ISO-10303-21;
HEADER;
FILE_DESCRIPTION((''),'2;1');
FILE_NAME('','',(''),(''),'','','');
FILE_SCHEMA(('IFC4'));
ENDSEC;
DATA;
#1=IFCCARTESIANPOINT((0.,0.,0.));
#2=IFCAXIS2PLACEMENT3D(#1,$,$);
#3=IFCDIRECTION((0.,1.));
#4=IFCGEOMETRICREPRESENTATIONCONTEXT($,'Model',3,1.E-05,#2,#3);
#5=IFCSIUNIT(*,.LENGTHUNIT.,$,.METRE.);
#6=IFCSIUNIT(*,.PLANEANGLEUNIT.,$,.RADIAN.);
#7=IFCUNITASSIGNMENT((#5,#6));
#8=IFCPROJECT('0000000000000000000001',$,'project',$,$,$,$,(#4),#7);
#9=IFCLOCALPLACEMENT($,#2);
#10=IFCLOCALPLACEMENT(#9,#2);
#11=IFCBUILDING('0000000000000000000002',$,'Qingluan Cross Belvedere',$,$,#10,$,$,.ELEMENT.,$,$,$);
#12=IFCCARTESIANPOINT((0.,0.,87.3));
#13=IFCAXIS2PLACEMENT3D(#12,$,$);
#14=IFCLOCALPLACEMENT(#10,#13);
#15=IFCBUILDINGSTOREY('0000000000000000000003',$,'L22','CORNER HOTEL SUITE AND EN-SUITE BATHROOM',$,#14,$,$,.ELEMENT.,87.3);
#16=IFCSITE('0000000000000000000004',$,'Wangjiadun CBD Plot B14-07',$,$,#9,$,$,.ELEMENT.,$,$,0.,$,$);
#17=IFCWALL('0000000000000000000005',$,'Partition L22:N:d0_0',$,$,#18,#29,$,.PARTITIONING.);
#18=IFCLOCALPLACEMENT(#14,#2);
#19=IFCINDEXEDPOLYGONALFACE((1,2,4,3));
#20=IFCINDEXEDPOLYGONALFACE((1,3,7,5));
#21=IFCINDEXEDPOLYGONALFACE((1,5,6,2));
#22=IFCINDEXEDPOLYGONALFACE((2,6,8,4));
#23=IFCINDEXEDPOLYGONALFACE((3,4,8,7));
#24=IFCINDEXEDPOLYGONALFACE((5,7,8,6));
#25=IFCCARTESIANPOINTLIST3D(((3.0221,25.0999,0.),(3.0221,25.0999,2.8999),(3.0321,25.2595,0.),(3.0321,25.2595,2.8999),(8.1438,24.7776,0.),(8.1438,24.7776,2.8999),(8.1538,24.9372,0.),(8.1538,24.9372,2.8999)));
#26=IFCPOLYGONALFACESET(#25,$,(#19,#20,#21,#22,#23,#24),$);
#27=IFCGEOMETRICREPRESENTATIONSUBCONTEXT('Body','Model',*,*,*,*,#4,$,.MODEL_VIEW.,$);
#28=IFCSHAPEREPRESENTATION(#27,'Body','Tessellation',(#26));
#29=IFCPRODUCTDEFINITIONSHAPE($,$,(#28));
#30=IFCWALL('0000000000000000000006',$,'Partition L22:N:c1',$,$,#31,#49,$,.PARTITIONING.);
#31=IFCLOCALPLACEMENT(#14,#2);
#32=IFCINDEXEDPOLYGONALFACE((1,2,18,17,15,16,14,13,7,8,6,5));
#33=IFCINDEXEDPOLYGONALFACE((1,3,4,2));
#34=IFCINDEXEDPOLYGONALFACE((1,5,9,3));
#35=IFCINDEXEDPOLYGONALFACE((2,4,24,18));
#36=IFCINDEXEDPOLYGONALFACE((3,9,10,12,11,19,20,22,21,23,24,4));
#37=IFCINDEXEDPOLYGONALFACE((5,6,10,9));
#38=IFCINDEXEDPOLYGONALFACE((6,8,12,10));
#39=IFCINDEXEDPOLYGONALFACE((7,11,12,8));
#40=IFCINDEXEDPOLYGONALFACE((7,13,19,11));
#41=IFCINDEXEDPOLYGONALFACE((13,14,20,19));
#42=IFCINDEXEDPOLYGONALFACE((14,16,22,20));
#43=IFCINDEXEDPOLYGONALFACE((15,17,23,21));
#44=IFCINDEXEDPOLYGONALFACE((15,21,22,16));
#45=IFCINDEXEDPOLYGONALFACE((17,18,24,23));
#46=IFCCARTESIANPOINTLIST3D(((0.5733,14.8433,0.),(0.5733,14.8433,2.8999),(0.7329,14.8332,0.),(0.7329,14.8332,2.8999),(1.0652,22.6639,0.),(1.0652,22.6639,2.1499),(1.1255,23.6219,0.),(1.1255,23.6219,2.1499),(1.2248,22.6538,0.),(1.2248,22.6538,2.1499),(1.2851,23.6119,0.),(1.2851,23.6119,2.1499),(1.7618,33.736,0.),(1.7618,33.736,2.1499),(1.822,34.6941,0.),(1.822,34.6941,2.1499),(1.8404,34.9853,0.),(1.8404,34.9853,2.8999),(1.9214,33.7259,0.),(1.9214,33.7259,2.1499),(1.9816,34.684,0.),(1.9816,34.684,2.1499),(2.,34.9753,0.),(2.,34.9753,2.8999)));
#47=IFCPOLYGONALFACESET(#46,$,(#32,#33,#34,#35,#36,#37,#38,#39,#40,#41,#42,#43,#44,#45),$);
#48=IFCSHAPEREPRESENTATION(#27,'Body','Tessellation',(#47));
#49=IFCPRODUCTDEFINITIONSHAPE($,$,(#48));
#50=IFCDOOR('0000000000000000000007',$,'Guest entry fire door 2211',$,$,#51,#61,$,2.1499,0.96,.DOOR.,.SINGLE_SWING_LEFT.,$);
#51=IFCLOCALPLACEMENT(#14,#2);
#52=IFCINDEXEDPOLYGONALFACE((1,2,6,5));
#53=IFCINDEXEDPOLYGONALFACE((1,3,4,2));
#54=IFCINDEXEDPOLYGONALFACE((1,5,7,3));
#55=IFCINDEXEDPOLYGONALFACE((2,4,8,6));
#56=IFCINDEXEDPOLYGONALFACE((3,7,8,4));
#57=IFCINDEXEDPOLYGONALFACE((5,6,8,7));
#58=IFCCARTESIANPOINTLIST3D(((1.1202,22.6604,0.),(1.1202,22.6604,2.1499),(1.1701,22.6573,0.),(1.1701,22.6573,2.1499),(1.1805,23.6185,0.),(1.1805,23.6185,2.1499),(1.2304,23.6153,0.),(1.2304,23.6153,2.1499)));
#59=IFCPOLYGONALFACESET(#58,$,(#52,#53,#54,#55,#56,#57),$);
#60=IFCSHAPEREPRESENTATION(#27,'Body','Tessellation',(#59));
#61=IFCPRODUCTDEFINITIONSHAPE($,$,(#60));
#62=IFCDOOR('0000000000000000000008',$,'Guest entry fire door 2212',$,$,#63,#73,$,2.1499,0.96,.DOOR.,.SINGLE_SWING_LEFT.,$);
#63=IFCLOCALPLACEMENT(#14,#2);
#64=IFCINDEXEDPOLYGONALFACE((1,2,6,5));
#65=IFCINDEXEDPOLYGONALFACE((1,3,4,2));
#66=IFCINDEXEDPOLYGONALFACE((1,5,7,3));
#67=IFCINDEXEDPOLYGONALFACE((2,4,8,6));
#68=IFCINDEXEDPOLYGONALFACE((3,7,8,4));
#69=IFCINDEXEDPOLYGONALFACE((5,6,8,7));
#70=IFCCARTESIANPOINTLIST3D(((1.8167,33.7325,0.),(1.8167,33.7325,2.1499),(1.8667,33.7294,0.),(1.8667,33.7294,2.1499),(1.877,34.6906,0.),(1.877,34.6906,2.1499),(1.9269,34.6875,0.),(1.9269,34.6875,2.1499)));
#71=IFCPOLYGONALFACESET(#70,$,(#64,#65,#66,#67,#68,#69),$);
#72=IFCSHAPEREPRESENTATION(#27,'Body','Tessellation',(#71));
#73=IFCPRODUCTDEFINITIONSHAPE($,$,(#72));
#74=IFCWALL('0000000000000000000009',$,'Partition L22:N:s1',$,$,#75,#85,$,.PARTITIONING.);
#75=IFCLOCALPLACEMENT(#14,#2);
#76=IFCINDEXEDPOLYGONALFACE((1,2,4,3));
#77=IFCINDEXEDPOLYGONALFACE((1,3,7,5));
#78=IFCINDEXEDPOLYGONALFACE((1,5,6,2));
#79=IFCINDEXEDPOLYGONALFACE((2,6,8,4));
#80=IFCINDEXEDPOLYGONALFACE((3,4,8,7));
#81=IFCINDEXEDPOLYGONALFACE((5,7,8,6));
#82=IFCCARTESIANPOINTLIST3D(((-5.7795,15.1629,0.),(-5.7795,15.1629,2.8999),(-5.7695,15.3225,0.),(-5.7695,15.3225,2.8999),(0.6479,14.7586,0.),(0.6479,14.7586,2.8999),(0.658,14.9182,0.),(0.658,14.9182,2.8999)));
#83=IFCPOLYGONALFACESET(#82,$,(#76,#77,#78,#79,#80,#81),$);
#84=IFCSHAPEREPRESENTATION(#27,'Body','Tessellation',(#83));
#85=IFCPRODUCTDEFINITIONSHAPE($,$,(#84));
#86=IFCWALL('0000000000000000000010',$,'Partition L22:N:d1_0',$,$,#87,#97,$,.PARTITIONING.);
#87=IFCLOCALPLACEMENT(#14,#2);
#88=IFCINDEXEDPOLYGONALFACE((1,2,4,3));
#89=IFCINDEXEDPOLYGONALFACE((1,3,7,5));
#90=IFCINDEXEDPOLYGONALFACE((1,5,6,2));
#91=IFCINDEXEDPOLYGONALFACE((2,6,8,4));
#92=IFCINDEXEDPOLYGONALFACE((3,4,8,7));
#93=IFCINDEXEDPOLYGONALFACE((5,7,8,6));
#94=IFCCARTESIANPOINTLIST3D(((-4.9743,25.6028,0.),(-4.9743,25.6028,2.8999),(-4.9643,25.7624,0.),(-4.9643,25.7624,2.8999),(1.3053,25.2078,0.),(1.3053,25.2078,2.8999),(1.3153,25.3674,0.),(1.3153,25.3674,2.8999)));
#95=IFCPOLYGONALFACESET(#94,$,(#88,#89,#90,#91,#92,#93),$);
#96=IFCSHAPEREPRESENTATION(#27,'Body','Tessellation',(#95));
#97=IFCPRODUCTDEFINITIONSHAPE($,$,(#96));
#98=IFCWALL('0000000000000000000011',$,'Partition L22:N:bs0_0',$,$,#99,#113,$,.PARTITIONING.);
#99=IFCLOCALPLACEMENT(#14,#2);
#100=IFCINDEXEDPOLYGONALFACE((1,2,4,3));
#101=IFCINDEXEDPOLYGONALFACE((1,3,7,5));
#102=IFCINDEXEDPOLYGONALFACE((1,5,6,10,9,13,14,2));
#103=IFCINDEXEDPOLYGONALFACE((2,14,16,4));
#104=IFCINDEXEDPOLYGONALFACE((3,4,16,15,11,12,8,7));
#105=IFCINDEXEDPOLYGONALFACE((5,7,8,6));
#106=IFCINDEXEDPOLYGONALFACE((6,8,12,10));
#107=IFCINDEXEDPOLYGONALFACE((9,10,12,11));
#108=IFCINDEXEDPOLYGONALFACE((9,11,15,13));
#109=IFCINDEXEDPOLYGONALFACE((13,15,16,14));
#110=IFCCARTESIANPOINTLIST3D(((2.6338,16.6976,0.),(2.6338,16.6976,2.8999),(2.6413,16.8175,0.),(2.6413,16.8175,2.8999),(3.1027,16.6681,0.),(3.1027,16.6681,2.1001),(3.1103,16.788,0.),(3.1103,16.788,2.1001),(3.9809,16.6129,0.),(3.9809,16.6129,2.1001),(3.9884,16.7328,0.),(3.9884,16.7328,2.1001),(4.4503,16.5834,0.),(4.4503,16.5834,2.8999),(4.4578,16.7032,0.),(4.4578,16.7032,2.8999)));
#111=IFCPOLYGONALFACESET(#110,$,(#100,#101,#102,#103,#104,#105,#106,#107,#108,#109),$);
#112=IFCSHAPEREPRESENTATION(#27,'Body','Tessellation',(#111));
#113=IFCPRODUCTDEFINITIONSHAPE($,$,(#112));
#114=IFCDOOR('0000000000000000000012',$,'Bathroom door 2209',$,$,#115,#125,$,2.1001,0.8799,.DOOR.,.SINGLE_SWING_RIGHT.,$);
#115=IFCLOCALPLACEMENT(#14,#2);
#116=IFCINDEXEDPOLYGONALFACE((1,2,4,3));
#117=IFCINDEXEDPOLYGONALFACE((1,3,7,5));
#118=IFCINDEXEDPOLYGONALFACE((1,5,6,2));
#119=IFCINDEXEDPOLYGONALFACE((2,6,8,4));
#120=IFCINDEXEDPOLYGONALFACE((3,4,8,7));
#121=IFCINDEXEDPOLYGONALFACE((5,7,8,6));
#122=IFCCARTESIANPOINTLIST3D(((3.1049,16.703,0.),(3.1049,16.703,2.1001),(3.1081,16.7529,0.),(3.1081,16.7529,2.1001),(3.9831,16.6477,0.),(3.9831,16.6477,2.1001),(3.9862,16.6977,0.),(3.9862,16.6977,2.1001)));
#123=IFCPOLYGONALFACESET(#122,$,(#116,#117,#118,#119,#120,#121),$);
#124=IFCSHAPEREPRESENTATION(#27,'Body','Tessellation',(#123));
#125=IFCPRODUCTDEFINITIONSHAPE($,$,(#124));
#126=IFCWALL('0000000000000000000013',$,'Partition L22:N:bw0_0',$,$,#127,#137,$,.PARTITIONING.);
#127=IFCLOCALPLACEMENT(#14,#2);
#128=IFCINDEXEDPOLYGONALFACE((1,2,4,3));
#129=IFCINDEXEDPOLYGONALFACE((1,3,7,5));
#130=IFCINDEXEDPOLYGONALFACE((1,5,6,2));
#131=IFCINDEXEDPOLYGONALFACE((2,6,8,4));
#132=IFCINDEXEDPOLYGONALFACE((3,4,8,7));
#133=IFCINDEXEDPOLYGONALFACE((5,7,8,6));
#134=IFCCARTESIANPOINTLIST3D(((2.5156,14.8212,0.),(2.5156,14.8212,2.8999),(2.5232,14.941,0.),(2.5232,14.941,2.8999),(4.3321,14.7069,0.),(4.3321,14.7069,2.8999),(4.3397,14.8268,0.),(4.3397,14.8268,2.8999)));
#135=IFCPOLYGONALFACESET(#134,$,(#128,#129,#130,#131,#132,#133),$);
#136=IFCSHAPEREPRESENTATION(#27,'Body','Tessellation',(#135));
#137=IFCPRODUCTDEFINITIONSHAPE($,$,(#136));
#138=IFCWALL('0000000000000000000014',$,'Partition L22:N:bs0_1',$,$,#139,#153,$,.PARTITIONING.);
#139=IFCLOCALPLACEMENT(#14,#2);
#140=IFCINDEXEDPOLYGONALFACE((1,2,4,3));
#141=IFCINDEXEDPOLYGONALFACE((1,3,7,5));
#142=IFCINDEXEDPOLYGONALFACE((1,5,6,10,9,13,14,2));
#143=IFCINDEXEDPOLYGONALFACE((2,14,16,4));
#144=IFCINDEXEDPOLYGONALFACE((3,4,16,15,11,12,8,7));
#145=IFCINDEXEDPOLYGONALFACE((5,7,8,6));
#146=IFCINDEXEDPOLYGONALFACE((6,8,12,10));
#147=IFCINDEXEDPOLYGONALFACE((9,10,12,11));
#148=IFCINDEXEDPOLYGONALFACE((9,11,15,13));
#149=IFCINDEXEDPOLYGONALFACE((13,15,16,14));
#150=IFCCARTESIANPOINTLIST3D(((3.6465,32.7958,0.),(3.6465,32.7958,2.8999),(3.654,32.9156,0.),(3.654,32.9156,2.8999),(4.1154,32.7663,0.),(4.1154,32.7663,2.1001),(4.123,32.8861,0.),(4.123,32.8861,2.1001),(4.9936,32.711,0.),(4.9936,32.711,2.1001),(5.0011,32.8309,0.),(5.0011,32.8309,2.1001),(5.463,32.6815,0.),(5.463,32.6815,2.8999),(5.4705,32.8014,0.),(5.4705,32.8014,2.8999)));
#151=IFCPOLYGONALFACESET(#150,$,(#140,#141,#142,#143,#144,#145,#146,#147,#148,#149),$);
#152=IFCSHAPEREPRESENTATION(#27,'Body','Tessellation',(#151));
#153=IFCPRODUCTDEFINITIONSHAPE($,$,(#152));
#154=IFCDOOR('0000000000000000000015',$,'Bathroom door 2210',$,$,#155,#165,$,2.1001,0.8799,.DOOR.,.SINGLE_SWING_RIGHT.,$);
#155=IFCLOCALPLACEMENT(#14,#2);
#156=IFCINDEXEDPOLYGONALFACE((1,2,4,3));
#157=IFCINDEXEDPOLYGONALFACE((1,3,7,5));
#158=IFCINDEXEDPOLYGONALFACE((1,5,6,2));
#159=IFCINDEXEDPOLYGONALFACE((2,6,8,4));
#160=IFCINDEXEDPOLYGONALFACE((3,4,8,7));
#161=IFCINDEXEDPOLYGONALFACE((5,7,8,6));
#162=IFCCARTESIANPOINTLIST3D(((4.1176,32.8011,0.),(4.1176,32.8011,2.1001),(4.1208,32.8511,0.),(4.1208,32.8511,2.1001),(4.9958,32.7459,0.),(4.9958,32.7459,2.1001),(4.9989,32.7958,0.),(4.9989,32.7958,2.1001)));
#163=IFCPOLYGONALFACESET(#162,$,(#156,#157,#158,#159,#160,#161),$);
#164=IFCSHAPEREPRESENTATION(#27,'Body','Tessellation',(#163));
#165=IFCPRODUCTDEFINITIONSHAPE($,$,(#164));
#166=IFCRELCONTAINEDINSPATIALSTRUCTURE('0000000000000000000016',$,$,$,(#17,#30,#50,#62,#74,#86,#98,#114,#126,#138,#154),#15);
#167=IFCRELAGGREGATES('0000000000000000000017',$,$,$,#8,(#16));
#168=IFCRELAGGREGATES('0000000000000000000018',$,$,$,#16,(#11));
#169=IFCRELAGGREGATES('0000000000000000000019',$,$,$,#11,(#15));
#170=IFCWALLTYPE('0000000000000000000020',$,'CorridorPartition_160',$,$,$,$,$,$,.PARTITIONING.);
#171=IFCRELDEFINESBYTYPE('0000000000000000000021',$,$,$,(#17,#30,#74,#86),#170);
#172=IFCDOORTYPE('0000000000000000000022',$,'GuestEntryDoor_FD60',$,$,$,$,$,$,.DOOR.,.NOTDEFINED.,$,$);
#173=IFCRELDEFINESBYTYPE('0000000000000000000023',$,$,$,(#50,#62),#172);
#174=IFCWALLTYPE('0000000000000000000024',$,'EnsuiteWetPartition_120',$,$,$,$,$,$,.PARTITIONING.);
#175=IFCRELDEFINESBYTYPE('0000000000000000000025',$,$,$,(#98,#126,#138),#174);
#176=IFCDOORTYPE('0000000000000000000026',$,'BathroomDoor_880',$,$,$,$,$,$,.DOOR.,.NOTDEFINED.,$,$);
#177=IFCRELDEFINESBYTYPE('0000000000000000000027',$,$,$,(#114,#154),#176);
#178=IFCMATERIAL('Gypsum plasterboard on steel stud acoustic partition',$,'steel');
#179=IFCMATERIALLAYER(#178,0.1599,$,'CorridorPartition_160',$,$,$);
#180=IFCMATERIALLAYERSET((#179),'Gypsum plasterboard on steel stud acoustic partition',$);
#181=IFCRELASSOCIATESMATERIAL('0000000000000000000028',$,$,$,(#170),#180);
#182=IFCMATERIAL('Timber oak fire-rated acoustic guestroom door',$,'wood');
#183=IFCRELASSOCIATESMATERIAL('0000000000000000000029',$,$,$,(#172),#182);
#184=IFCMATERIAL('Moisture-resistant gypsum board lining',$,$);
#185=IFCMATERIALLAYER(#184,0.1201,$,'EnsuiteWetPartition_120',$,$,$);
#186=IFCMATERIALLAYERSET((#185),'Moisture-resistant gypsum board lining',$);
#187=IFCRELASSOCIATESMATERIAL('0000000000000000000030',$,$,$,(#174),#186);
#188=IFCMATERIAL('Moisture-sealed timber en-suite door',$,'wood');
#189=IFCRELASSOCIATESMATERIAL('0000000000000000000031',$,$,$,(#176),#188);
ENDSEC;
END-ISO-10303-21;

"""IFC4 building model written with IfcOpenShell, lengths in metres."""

from ifc_helpers import new_model, si_unit, direction, frame, frame_2d, origin, place, context, subcontext, project, spatial, rectangle, extrude, material, layer, layer_set, type_object, element, fill, save


model = new_model("IFC4")

# Units and contexts
model_context = context("Model", 3, precision=1e-05, world=origin(), true_north=direction((0.0, 1.0)))
body_context = subcontext(model_context, "Body", "Model", "MODEL_VIEW")
ifc_project = project(units=[si_unit("LENGTHUNIT", "METRE"), si_unit("PLANEANGLEUNIT", "RADIAN")], contexts=[model_context])

# Site, building, storey
site_placement = place(None, origin())
site = spatial("IfcSite", under=ifc_project, at=site_placement, Name="Wangjiadun CBD Plot B14-07", CompositionType="ELEMENT", RefElevation=0.0)
building_placement = place(site_placement, origin())
building = spatial("IfcBuilding", under=site, at=building_placement, Name="Qingluan Cross Belvedere", CompositionType="ELEMENT")
storey_placement = place(building_placement, frame((0.0, 0.0, 87.3)))
storey = spatial("IfcBuildingStorey", under=building, at=storey_placement, Name="L22", Description="CORNER HOTEL SUITE AND EN-SUITE BATHROOM", CompositionType="ELEMENT", Elevation=87.3)

# Wall
ifc_material_1 = material(Name="Gypsum plasterboard on steel stud acoustic partition", Category="steel")
ifc_layer_1 = layer(ifc_material_1, 0.1599, Name="CorridorPartition_160")
ifc_layer_set_1 = layer_set([ifc_layer_1], Name="Gypsum plasterboard on steel stud acoustic partition")
wall_type_1 = type_object("IfcWallType", Name="CorridorPartition_160", PredefinedType="PARTITIONING", material=ifc_layer_set_1)
wall_1_placement = place(storey_placement, frame((3.0271, 25.1797, 0.0), z_axis=(0.0, 0.0, 1.0), x_axis=(0.998026, -0.062796, 0.0)))
element("IfcWall", 1, at=wall_1_placement, inside=storey, type_object=wall_type_1, Name="Partition L22:N:d0_0", PredefinedType="PARTITIONING", context=body_context, shape_type="SweptSolid", body=[
    extrude(rectangle(XDim=5.1318, YDim=0.1599, at=frame_2d((2.5659, 0.0))), origin(), (0.0, 0.0, 1.0), 2.8999),
])

# Wall, openings, doors
wall_2_placement = place(storey_placement, frame((0.6531, 14.8384, 0.0), z_axis=(0.0, 0.0, 1.0), x_axis=(0.062783, 0.998027, 0.0)))
wall_2 = element("IfcWall", 2, at=wall_2_placement, inside=storey, type_object=wall_type_1, Name="Partition L22:N:c1", PredefinedType="PARTITIONING", context=body_context, shape_type="SweptSolid", body=[
    extrude(rectangle(XDim=20.1819, YDim=0.1599, at=frame_2d((10.0908, 0.0))), origin(), (0.0, 0.0, 1.0), 2.8999),
])
opening_1_placement = place(wall_2_placement, frame((7.8359, 0.0, 0.0)))
opening_1 = element("IfcOpeningElement", 3, at=opening_1_placement, cuts=wall_2, PredefinedType="OPENING", context=body_context, shape_type="SweptSolid", body=[
    extrude(rectangle(XDim=0.96, YDim=2.1499, at=frame_2d((0.48, 1.075))), frame((0.0, 0.0898, 0.0), z_axis=(0.0, -1.0, 0.0), x_axis=(1.0, 0.0, 0.0)), (0.0, 0.0, 1.0), 0.1799),
])
opening_2_placement = place(wall_2_placement, frame((18.9299, 0.0, 0.0)))
opening_2 = element("IfcOpeningElement", 4, at=opening_2_placement, cuts=wall_2, PredefinedType="OPENING", context=body_context, shape_type="SweptSolid", body=[
    extrude(rectangle(XDim=0.96, YDim=2.1499, at=frame_2d((0.48, 1.075))), frame((0.0, 0.0898, 0.0), z_axis=(0.0, -1.0, 0.0), x_axis=(1.0, 0.0, 0.0)), (0.0, 0.0, 1.0), 0.1799),
])
ifc_material_2 = material(Name="Timber oak fire-rated acoustic guestroom door", Category="wood")
door_type_1 = type_object("IfcDoorType", Name="GuestEntryDoor_FD60", OperationType="NOTDEFINED", PredefinedType="DOOR", material=ifc_material_2)
door_1_placement = place(opening_1_placement, origin())
door_1 = element("IfcDoor", 5, at=door_1_placement, inside=storey, type_object=door_type_1, Name="Guest entry fire door 2211", OperationType="SINGLE_SWING_LEFT", OverallHeight=2.1499, OverallWidth=0.96, PredefinedType="DOOR", context=body_context, shape_type="SweptSolid", body=[
    extrude(rectangle(XDim=0.96, YDim=2.1499, at=frame_2d((0.48, 1.075))), frame((0.0, 0.0249, 0.0), z_axis=(0.0, -1.0, 0.0), x_axis=(1.0, 0.0, 0.0)), (0.0, 0.0, 1.0), 0.05),
])
fill(opening_1, door_1)
door_2_placement = place(opening_2_placement, origin())
door_2 = element("IfcDoor", 6, at=door_2_placement, inside=storey, type_object=door_type_1, Name="Guest entry fire door 2212", OperationType="SINGLE_SWING_LEFT", OverallHeight=2.1499, OverallWidth=0.96, PredefinedType="DOOR", context=body_context, shape_type="SweptSolid", body=[
    extrude(rectangle(XDim=0.96, YDim=2.1499, at=frame_2d((0.48, 1.075))), frame((0.0, 0.0249, 0.0), z_axis=(0.0, -1.0, 0.0), x_axis=(1.0, 0.0, 0.0)), (0.0, 0.0, 1.0), 0.05),
])
fill(opening_2, door_2)

# Walls
wall_3_placement = place(storey_placement, frame((0.6531, 14.8384, 0.0), z_axis=(0.0, 0.0, 1.0), x_axis=(-0.998028, 0.062777, 0.0)))
element("IfcWall", 7, at=wall_3_placement, inside=storey, type_object=wall_type_1, Name="Partition L22:N:s1", PredefinedType="PARTITIONING", context=body_context, shape_type="SweptSolid", body=[
    extrude(rectangle(XDim=6.4402, YDim=0.1599, at=frame_2d((3.2202, 0.0))), origin(), (0.0, 0.0, 1.0), 2.8999),
])
wall_4_placement = place(storey_placement, frame((1.3103, 25.2876, 0.0), z_axis=(0.0, 0.0, 1.0), x_axis=(-0.998027, 0.062782, 0.0)))
element("IfcWall", 8, at=wall_4_placement, inside=storey, type_object=wall_type_1, Name="Partition L22:N:d1_0", PredefinedType="PARTITIONING", context=body_context, shape_type="SweptSolid", body=[
    extrude(rectangle(XDim=6.292, YDim=0.1599, at=frame_2d((3.146, 0.0))), origin(), (0.0, 0.0, 1.0), 2.8999),
])

# Wall, opening, door
ifc_material_3 = material(Name="Moisture-resistant gypsum board lining")
ifc_layer_2 = layer(ifc_material_3, 0.1201, Name="EnsuiteWetPartition_120")
ifc_layer_set_2 = layer_set([ifc_layer_2], Name="Moisture-resistant gypsum board lining")
wall_type_2 = type_object("IfcWallType", Name="EnsuiteWetPartition_120", PredefinedType="PARTITIONING", material=ifc_layer_set_2)
wall_5_placement = place(storey_placement, frame((2.6375, 16.7576, 0.0), z_axis=(0.0, 0.0, 1.0), x_axis=(0.998027, -0.062779, 0.0)))
wall_5 = element("IfcWall", 9, at=wall_5_placement, inside=storey, type_object=wall_type_2, Name="Partition L22:N:bs0_0", PredefinedType="PARTITIONING", context=body_context, shape_type="SweptSolid", body=[
    extrude(rectangle(XDim=1.8201, YDim=0.1201, at=frame_2d((0.9102, 0.0))), origin(), (0.0, 0.0, 1.0), 2.8999),
])
opening_3_placement = place(wall_5_placement, frame((0.47, 0.0, 0.0)))
opening_3 = element("IfcOpeningElement", 10, at=opening_3_placement, cuts=wall_5, PredefinedType="OPENING", context=body_context, shape_type="SweptSolid", body=[
    extrude(rectangle(XDim=0.8799, YDim=2.1001, at=frame_2d((0.4399, 1.05))), frame((0.0, 0.0701, 0.0), z_axis=(0.0, -1.0, 0.0), x_axis=(1.0, 0.0, 0.0)), (0.0, 0.0, 1.0), 0.1401),
])
ifc_material_4 = material(Name="Moisture-sealed timber en-suite door", Category="wood")
door_type_2 = type_object("IfcDoorType", Name="BathroomDoor_880", OperationType="NOTDEFINED", PredefinedType="DOOR", material=ifc_material_4)
door_3_placement = place(opening_3_placement, origin())
door_3 = element("IfcDoor", 11, at=door_3_placement, inside=storey, type_object=door_type_2, Name="Bathroom door 2209", OperationType="SINGLE_SWING_RIGHT", OverallHeight=2.1001, OverallWidth=0.8799, PredefinedType="DOOR", context=body_context, shape_type="SweptSolid", body=[
    extrude(rectangle(XDim=0.8799, YDim=2.1001, at=frame_2d((0.4399, 1.05))), frame((0.0, 0.0249, 0.0), z_axis=(0.0, -1.0, 0.0), x_axis=(1.0, 0.0, 0.0)), (0.0, 0.0, 1.0), 0.05),
])
fill(opening_3, door_3)

# Wall
wall_6_placement = place(storey_placement, frame((2.5193, 14.8811, 0.0), z_axis=(0.0, 0.0, 1.0), x_axis=(0.998027, -0.062779, 0.0)))
element("IfcWall", 12, at=wall_6_placement, inside=storey, type_object=wall_type_2, Name="Partition L22:N:bw0_0", PredefinedType="PARTITIONING", context=body_context, shape_type="SweptSolid", body=[
    extrude(rectangle(XDim=1.8201, YDim=0.1201, at=frame_2d((0.9102, 0.0))), origin(), (0.0, 0.0, 1.0), 2.8999),
])

# Wall, opening, door
wall_7_placement = place(storey_placement, frame((3.6501, 32.8557, 0.0), z_axis=(0.0, 0.0, 1.0), x_axis=(0.998027, -0.062779, 0.0)))
wall_7 = element("IfcWall", 13, at=wall_7_placement, inside=storey, type_object=wall_type_2, Name="Partition L22:N:bs0_1", PredefinedType="PARTITIONING", context=body_context, shape_type="SweptSolid", body=[
    extrude(rectangle(XDim=1.8201, YDim=0.1201, at=frame_2d((0.9102, 0.0))), origin(), (0.0, 0.0, 1.0), 2.8999),
])
opening_4_placement = place(wall_7_placement, frame((0.47, 0.0, 0.0)))
opening_4 = element("IfcOpeningElement", 14, at=opening_4_placement, cuts=wall_7, PredefinedType="OPENING", context=body_context, shape_type="SweptSolid", body=[
    extrude(rectangle(XDim=0.8799, YDim=2.1001, at=frame_2d((0.4399, 1.05))), frame((0.0, 0.0701, 0.0), z_axis=(0.0, -1.0, 0.0), x_axis=(1.0, 0.0, 0.0)), (0.0, 0.0, 1.0), 0.1401),
])
door_4_placement = place(opening_4_placement, origin())
door_4 = element("IfcDoor", 15, at=door_4_placement, inside=storey, type_object=door_type_2, Name="Bathroom door 2210", OperationType="SINGLE_SWING_RIGHT", OverallHeight=2.1001, OverallWidth=0.8799, PredefinedType="DOOR", context=body_context, shape_type="SweptSolid", body=[
    extrude(rectangle(XDim=0.8799, YDim=2.1001, at=frame_2d((0.4399, 1.05))), frame((0.0, 0.0249, 0.0), z_axis=(0.0, -1.0, 0.0), x_axis=(1.0, 0.0, 0.0)), (0.0, 0.0, 1.0), 0.05),
])
fill(opening_4, door_4)

save(model, "model.ifc")
